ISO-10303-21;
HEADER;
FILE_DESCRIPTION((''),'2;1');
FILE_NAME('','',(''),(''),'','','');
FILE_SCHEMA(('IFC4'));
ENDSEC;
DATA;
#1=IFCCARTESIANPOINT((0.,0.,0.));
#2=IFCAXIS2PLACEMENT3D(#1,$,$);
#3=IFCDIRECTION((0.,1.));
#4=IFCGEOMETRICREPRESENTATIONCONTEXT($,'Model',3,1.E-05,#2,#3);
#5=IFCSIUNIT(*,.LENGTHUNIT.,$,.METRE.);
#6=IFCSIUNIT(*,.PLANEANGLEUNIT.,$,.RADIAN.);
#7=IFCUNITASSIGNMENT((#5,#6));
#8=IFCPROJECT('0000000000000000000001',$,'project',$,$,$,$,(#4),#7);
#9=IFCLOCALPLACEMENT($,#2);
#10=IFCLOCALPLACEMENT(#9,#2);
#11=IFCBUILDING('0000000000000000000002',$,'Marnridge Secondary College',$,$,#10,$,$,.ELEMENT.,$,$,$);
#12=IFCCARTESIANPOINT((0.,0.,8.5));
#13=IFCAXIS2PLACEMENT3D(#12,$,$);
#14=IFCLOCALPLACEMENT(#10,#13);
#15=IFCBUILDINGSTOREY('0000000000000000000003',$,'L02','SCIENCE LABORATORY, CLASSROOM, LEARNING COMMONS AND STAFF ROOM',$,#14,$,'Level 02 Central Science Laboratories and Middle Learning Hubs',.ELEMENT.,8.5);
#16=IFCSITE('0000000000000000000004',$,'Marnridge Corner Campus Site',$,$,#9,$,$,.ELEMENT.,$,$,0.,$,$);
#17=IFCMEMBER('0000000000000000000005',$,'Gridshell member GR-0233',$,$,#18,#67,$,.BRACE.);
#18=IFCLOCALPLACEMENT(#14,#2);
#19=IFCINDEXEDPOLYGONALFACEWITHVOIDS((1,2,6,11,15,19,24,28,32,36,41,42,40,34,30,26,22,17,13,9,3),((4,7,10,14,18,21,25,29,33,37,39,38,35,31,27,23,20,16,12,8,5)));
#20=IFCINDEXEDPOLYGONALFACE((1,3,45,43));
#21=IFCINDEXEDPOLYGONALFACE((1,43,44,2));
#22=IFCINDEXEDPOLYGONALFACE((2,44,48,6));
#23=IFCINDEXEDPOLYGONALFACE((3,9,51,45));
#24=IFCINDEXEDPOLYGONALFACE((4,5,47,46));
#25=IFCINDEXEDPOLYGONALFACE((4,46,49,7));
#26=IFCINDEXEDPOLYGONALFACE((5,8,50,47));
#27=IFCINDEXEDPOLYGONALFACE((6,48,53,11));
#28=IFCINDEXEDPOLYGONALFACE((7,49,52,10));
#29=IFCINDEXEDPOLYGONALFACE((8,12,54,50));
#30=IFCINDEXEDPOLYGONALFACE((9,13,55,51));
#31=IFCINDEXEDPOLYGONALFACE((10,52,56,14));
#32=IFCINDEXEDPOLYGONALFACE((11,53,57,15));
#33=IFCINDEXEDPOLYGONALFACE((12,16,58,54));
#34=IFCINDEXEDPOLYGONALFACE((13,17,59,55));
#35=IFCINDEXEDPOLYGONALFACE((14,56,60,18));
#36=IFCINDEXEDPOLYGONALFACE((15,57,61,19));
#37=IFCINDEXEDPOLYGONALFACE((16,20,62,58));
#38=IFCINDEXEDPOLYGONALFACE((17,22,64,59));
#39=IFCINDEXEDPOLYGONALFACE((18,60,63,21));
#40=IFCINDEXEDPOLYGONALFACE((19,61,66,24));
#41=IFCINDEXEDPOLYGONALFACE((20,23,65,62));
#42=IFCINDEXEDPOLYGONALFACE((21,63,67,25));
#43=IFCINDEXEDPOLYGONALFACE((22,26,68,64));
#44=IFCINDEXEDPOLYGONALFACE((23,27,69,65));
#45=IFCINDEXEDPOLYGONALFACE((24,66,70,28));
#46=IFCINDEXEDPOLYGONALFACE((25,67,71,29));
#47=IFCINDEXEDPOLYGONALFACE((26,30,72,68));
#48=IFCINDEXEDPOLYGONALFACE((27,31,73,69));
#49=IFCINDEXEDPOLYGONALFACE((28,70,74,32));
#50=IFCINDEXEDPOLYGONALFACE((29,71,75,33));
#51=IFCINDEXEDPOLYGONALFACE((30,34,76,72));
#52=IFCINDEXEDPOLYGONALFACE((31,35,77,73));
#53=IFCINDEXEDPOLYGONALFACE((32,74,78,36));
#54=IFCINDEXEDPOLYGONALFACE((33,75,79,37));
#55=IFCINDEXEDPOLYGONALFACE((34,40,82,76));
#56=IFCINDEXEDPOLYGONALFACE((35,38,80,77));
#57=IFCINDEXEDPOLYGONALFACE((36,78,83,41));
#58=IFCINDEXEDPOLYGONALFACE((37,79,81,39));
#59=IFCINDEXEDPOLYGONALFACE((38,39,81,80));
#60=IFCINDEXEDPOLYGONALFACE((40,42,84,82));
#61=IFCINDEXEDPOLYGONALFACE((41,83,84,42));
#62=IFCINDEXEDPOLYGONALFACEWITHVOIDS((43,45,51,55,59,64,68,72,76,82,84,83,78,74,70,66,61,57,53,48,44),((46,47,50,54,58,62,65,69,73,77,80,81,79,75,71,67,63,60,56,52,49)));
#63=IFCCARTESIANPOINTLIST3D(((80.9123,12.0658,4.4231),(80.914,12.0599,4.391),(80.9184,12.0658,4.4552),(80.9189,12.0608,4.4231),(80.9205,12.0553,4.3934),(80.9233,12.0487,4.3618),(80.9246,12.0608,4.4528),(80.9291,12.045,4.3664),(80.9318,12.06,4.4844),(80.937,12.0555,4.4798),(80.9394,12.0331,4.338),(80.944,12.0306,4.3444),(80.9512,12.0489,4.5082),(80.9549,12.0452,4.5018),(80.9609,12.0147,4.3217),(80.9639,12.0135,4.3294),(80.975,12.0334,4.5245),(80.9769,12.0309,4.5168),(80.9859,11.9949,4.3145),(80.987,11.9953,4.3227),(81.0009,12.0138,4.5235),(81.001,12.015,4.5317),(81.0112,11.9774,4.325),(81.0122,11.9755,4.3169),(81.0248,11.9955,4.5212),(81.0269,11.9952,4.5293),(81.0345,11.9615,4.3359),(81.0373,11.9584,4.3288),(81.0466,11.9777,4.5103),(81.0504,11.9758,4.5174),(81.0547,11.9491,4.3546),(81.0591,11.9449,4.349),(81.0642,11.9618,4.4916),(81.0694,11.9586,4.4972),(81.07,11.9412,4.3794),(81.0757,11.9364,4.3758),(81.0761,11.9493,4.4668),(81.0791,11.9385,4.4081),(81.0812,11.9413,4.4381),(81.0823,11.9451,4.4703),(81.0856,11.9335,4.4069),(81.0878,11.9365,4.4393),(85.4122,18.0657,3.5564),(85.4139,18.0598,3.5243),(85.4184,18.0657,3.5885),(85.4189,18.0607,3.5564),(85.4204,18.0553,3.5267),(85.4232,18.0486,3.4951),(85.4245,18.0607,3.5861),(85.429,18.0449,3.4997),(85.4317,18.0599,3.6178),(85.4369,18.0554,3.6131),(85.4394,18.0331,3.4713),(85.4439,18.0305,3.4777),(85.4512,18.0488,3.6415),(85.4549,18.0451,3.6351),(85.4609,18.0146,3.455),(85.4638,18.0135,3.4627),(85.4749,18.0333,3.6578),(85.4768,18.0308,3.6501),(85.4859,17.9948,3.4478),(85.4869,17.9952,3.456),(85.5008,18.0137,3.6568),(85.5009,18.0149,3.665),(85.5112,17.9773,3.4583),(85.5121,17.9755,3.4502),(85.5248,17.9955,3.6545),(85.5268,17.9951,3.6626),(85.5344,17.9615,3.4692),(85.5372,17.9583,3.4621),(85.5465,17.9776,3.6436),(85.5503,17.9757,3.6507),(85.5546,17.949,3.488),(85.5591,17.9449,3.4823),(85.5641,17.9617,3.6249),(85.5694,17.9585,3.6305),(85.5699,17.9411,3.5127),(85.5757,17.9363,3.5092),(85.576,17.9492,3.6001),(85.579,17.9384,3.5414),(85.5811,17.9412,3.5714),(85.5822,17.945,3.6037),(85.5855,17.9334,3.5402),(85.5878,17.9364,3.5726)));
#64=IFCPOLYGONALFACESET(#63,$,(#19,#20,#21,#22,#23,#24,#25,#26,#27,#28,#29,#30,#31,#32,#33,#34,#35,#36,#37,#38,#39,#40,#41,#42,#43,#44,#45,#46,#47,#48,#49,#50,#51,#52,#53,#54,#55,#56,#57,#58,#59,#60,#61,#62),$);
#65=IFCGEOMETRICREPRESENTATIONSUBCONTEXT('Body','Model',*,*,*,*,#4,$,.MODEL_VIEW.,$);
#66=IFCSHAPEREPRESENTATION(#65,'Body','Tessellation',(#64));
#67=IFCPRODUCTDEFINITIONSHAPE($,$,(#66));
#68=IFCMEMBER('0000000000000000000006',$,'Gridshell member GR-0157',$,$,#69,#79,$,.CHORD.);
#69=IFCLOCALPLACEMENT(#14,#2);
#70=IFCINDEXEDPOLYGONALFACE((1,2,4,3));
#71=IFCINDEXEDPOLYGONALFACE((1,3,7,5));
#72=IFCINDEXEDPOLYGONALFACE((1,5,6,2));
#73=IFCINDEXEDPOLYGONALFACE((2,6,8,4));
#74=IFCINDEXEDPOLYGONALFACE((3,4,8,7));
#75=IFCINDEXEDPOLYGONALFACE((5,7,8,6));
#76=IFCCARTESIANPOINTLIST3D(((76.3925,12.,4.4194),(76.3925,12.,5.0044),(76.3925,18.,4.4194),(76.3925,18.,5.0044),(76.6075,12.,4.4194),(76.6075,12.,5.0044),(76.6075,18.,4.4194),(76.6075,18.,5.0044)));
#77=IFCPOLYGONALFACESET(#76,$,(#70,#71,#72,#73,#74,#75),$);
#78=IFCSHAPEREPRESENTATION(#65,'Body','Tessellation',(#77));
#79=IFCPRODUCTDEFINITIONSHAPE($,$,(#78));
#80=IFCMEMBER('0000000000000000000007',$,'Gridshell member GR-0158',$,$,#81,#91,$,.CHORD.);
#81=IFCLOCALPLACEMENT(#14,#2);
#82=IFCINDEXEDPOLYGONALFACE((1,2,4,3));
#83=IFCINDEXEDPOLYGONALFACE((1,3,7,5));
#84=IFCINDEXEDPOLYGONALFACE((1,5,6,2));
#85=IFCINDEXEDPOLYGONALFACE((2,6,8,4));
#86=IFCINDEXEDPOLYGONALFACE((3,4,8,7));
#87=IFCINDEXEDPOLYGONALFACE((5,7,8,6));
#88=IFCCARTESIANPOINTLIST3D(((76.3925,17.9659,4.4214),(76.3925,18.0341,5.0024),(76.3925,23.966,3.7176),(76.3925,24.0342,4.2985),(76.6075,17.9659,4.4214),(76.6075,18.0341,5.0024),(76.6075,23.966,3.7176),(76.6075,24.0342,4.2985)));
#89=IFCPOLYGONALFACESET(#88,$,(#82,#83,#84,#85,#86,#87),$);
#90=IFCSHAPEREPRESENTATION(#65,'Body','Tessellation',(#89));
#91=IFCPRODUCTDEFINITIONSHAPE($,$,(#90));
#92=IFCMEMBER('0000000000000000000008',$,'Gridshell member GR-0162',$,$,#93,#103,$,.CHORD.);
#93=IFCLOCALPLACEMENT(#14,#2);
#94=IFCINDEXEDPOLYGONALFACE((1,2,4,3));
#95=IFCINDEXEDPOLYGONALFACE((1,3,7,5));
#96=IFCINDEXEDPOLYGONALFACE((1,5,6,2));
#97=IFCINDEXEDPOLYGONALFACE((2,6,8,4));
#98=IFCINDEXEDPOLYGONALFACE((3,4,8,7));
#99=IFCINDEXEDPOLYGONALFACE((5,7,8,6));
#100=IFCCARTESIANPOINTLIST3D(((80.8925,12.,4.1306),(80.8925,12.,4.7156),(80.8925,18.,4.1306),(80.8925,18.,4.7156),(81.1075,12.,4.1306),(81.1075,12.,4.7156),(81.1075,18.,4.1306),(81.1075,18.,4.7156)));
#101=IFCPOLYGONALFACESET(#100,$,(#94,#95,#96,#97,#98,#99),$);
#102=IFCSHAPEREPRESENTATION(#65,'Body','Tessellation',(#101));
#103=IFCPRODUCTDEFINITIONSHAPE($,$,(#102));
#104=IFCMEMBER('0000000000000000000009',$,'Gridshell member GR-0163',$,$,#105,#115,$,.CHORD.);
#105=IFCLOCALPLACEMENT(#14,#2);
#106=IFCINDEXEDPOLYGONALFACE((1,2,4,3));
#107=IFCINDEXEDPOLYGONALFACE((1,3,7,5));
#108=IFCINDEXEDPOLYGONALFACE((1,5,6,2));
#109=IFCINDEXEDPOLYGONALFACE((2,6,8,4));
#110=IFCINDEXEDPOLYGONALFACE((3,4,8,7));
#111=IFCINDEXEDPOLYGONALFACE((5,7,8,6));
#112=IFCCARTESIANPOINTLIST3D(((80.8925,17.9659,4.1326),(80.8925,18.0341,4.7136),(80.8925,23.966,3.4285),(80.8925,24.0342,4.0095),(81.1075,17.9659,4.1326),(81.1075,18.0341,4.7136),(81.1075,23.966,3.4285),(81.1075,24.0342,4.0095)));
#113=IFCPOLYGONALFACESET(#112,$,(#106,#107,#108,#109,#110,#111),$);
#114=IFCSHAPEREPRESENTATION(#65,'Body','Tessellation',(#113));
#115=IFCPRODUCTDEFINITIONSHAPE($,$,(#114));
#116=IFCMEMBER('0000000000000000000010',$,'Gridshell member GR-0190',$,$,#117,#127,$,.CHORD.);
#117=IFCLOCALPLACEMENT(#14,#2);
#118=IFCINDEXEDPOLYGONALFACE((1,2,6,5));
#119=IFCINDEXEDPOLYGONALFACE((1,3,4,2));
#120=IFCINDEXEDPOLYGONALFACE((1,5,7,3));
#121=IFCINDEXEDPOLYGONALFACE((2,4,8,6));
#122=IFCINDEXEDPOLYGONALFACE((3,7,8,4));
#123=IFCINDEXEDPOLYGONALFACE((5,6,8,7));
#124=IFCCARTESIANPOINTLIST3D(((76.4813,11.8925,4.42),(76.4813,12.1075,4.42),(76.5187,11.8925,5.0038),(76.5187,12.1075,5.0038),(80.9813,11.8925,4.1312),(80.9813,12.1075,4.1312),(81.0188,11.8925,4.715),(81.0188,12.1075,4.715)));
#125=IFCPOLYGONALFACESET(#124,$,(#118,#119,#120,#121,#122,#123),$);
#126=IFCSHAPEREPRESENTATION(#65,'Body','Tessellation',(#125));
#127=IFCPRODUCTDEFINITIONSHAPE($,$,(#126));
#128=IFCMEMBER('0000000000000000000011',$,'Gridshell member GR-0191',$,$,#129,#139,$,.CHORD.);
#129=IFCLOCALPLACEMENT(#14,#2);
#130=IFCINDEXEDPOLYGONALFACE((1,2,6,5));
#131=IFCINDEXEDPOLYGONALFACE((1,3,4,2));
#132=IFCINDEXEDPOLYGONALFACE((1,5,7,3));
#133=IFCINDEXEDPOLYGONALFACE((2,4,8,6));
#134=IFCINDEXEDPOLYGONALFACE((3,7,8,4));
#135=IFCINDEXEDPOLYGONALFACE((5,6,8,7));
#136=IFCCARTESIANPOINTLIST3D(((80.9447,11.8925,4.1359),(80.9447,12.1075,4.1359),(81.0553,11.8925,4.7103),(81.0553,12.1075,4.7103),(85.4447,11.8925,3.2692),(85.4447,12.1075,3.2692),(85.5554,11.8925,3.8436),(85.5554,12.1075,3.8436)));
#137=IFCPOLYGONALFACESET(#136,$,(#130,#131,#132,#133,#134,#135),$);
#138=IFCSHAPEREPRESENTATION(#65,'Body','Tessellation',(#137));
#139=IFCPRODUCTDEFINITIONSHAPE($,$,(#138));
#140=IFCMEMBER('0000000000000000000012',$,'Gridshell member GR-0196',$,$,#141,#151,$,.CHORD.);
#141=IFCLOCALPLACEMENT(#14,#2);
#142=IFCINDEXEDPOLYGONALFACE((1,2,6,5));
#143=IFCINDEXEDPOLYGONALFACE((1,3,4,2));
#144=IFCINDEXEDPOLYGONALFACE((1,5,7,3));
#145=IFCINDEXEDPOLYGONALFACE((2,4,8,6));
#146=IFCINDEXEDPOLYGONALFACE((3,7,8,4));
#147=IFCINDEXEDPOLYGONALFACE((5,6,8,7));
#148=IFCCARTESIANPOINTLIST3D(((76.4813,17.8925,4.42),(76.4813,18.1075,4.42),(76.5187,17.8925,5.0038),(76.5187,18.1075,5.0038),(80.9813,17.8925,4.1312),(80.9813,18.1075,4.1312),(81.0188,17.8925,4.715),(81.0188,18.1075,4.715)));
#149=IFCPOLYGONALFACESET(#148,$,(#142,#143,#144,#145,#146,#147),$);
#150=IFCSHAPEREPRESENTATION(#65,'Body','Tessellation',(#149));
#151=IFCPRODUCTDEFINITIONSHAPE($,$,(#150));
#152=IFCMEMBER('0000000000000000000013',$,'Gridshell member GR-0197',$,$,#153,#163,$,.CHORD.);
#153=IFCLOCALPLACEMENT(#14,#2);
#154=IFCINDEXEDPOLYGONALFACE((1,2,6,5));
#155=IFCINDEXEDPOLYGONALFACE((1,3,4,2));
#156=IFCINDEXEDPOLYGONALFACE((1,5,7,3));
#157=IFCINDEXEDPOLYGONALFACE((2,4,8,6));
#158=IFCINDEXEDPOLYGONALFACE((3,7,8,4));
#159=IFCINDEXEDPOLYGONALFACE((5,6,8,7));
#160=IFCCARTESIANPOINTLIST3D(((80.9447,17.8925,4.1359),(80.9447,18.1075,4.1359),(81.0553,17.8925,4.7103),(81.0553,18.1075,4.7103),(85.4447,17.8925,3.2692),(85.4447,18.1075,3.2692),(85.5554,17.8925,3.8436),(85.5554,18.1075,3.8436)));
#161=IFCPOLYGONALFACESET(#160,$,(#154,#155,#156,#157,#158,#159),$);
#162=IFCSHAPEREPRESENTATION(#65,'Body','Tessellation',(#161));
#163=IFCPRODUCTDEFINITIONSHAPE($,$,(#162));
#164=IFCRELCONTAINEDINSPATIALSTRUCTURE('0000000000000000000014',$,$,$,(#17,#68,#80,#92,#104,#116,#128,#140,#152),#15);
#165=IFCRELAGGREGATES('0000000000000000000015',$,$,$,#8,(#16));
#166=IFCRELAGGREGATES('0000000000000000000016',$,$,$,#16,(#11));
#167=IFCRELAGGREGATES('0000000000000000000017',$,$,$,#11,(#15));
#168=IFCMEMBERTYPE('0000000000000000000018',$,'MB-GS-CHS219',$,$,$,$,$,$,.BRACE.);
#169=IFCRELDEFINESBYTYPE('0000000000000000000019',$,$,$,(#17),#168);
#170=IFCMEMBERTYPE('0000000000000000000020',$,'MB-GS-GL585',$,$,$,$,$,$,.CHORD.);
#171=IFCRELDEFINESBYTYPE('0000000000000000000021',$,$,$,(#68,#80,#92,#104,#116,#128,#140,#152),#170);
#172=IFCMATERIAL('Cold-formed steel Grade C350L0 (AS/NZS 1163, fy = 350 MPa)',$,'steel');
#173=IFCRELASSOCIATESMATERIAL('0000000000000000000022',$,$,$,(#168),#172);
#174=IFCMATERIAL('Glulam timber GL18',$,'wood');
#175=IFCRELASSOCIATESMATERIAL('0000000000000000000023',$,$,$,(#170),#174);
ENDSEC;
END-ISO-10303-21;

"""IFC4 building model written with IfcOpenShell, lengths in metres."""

from ifc_helpers import new_model, si_unit, direction, frame, origin, origin_2d, place, context, subcontext, project, spatial, rectangle, hollow_circle, extrude, material, material_profile, profile_set, type_object, element, save


model = new_model("IFC4")

# Units and contexts
model_context = context("Model", 3, precision=1e-05, world=origin(), true_north=direction((0.0, 1.0)))
body_context = subcontext(model_context, "Body", "Model", "MODEL_VIEW")
ifc_project = project(units=[si_unit("LENGTHUNIT", "METRE"), si_unit("PLANEANGLEUNIT", "RADIAN")], contexts=[model_context])

# Site, building, storey
site_placement = place(None, origin())
site = spatial("IfcSite", under=ifc_project, at=site_placement, Name="Marnridge Corner Campus Site", CompositionType="ELEMENT", RefElevation=0.0)
building_placement = place(site_placement, origin())
building = spatial("IfcBuilding", under=site, at=building_placement, Name="Marnridge Secondary College", CompositionType="ELEMENT")
storey_placement = place(building_placement, frame((0.0, 0.0, 8.5)))
storey = spatial("IfcBuildingStorey", under=building, at=storey_placement, Name="L02", Description="SCIENCE LABORATORY, CLASSROOM, LEARNING COMMONS AND STAFF ROOM", LongName="Level 02 Central Science Laboratories and Middle Learning Hubs", CompositionType="ELEMENT", Elevation=8.5)

# Members
ifc_material_1 = material(Name="Cold-formed steel Grade C350L0 (AS/NZS 1163, fy = 350 MPa)", Category="steel")
ifc_material_profile_1 = material_profile(ifc_material_1, hollow_circle(Radius=0.1096, WallThickness=0.0083, at=origin_2d()), Name="219.1x8.2CHS")
ifc_profile_set_1 = profile_set([ifc_material_profile_1], Name="Cold-formed steel Grade C350L0 (AS/NZS 1163, fy = 350 MPa)")
member_type_1 = type_object("IfcMemberType", Name="MB-GS-CHS219", PredefinedType="BRACE", material=ifc_profile_set_1)
member_1_placement = place(storey_placement, frame((81.0, 12.0, 4.4231), z_axis=(0.596033, 0.794711, -0.114796), x_axis=(-0.8, 0.6, 0.0)))
element("IfcMember", 1, at=member_1_placement, inside=storey, type_object=member_type_1, Name="Gridshell member GR-0233", PredefinedType="BRACE", context=body_context, shape_type="SweptSolid", body=[
    extrude(hollow_circle(Radius=0.1096, WallThickness=0.0083, at=origin_2d()), origin(), (0.0, 0.0, 1.0), 7.5498),
])
ifc_material_2 = material(Name="Glulam timber GL18", Category="wood")
ifc_material_profile_2 = material_profile(ifc_material_2, rectangle(XDim=0.2151, YDim=0.585, at=origin_2d()), Name="GL18 215x585")
ifc_profile_set_2 = profile_set([ifc_material_profile_2], Name="Glulam timber GL18")
member_type_2 = type_object("IfcMemberType", Name="MB-GS-GL585", PredefinedType="CHORD", material=ifc_profile_set_2)
member_2_placement = place(storey_placement, frame((76.5, 12.0, 4.7119), z_axis=(0.0, 1.0, 0.0), x_axis=(-1.0, 0.0, 0.0)))
element("IfcMember", 2, at=member_2_placement, inside=storey, type_object=member_type_2, Name="Gridshell member GR-0157", PredefinedType="CHORD", context=body_context, shape_type="SweptSolid", body=[
    extrude(rectangle(XDim=0.2151, YDim=0.585, at=origin_2d()), origin(), (0.0, 0.0, 1.0), 6.0),
])
member_3_placement = place(storey_placement, frame((76.5, 18.0, 4.7119), z_axis=(0.0, 0.993189, -0.116511), x_axis=(-1.0, 0.0, 0.0)))
element("IfcMember", 3, at=member_3_placement, inside=storey, type_object=member_type_2, Name="Gridshell member GR-0158", PredefinedType="CHORD", context=body_context, shape_type="SweptSolid", body=[
    extrude(rectangle(XDim=0.2151, YDim=0.585, at=origin_2d()), origin(), (0.0, 0.0, 1.0), 6.0413),
])
member_4_placement = place(storey_placement, frame((81.0, 12.0, 4.4231), z_axis=(0.0, 1.0, 0.0), x_axis=(-1.0, 0.0, 0.0)))
element("IfcMember", 4, at=member_4_placement, inside=storey, type_object=member_type_2, Name="Gridshell member GR-0162", PredefinedType="CHORD", context=body_context, shape_type="SweptSolid", body=[
    extrude(rectangle(XDim=0.2151, YDim=0.585, at=origin_2d()), origin(), (0.0, 0.0, 1.0), 6.0),
])
member_5_placement = place(storey_placement, frame((81.0, 18.0, 4.4231), z_axis=(0.0, 0.993185, -0.11655), x_axis=(-1.0, 0.0, 0.0)))
element("IfcMember", 5, at=member_5_placement, inside=storey, type_object=member_type_2, Name="Gridshell member GR-0163", PredefinedType="CHORD", context=body_context, shape_type="SweptSolid", body=[
    extrude(rectangle(XDim=0.2151, YDim=0.585, at=origin_2d()), origin(), (0.0, 0.0, 1.0), 6.0413),
])
member_6_placement = place(storey_placement, frame((76.5, 12.0, 4.7119), z_axis=(0.997947, 0.0, -0.06405), x_axis=(0.0, 1.0, 0.0)))
element("IfcMember", 6, at=member_6_placement, inside=storey, type_object=member_type_2, Name="Gridshell member GR-0190", PredefinedType="CHORD", context=body_context, shape_type="SweptSolid", body=[
    extrude(rectangle(XDim=0.2151, YDim=0.585, at=origin_2d()), origin(), (0.0, 0.0, 1.0), 4.5093),
])
member_7_placement = place(storey_placement, frame((81.0, 12.0, 4.4231), z_axis=(0.981953, 0.0, -0.189124), x_axis=(0.0, 1.0, 0.0)))
element("IfcMember", 7, at=member_7_placement, inside=storey, type_object=member_type_2, Name="Gridshell member GR-0191", PredefinedType="CHORD", context=body_context, shape_type="SweptSolid", body=[
    extrude(rectangle(XDim=0.2151, YDim=0.585, at=origin_2d()), origin(), (0.0, 0.0, 1.0), 4.5828),
])
member_8_placement = place(storey_placement, frame((76.5, 18.0, 4.7119), z_axis=(0.997947, 0.0, -0.06405), x_axis=(0.0, 1.0, 0.0)))
element("IfcMember", 8, at=member_8_placement, inside=storey, type_object=member_type_2, Name="Gridshell member GR-0196", PredefinedType="CHORD", context=body_context, shape_type="SweptSolid", body=[
    extrude(rectangle(XDim=0.2151, YDim=0.585, at=origin_2d()), origin(), (0.0, 0.0, 1.0), 4.5093),
])
member_9_placement = place(storey_placement, frame((81.0, 18.0, 4.4231), z_axis=(0.981953, 0.0, -0.189124), x_axis=(0.0, 1.0, 0.0)))
element("IfcMember", 9, at=member_9_placement, inside=storey, type_object=member_type_2, Name="Gridshell member GR-0197", PredefinedType="CHORD", context=body_context, shape_type="SweptSolid", body=[
    extrude(rectangle(XDim=0.2151, YDim=0.585, at=origin_2d()), origin(), (0.0, 0.0, 1.0), 4.5828),
])

save(model, "model.ifc")
